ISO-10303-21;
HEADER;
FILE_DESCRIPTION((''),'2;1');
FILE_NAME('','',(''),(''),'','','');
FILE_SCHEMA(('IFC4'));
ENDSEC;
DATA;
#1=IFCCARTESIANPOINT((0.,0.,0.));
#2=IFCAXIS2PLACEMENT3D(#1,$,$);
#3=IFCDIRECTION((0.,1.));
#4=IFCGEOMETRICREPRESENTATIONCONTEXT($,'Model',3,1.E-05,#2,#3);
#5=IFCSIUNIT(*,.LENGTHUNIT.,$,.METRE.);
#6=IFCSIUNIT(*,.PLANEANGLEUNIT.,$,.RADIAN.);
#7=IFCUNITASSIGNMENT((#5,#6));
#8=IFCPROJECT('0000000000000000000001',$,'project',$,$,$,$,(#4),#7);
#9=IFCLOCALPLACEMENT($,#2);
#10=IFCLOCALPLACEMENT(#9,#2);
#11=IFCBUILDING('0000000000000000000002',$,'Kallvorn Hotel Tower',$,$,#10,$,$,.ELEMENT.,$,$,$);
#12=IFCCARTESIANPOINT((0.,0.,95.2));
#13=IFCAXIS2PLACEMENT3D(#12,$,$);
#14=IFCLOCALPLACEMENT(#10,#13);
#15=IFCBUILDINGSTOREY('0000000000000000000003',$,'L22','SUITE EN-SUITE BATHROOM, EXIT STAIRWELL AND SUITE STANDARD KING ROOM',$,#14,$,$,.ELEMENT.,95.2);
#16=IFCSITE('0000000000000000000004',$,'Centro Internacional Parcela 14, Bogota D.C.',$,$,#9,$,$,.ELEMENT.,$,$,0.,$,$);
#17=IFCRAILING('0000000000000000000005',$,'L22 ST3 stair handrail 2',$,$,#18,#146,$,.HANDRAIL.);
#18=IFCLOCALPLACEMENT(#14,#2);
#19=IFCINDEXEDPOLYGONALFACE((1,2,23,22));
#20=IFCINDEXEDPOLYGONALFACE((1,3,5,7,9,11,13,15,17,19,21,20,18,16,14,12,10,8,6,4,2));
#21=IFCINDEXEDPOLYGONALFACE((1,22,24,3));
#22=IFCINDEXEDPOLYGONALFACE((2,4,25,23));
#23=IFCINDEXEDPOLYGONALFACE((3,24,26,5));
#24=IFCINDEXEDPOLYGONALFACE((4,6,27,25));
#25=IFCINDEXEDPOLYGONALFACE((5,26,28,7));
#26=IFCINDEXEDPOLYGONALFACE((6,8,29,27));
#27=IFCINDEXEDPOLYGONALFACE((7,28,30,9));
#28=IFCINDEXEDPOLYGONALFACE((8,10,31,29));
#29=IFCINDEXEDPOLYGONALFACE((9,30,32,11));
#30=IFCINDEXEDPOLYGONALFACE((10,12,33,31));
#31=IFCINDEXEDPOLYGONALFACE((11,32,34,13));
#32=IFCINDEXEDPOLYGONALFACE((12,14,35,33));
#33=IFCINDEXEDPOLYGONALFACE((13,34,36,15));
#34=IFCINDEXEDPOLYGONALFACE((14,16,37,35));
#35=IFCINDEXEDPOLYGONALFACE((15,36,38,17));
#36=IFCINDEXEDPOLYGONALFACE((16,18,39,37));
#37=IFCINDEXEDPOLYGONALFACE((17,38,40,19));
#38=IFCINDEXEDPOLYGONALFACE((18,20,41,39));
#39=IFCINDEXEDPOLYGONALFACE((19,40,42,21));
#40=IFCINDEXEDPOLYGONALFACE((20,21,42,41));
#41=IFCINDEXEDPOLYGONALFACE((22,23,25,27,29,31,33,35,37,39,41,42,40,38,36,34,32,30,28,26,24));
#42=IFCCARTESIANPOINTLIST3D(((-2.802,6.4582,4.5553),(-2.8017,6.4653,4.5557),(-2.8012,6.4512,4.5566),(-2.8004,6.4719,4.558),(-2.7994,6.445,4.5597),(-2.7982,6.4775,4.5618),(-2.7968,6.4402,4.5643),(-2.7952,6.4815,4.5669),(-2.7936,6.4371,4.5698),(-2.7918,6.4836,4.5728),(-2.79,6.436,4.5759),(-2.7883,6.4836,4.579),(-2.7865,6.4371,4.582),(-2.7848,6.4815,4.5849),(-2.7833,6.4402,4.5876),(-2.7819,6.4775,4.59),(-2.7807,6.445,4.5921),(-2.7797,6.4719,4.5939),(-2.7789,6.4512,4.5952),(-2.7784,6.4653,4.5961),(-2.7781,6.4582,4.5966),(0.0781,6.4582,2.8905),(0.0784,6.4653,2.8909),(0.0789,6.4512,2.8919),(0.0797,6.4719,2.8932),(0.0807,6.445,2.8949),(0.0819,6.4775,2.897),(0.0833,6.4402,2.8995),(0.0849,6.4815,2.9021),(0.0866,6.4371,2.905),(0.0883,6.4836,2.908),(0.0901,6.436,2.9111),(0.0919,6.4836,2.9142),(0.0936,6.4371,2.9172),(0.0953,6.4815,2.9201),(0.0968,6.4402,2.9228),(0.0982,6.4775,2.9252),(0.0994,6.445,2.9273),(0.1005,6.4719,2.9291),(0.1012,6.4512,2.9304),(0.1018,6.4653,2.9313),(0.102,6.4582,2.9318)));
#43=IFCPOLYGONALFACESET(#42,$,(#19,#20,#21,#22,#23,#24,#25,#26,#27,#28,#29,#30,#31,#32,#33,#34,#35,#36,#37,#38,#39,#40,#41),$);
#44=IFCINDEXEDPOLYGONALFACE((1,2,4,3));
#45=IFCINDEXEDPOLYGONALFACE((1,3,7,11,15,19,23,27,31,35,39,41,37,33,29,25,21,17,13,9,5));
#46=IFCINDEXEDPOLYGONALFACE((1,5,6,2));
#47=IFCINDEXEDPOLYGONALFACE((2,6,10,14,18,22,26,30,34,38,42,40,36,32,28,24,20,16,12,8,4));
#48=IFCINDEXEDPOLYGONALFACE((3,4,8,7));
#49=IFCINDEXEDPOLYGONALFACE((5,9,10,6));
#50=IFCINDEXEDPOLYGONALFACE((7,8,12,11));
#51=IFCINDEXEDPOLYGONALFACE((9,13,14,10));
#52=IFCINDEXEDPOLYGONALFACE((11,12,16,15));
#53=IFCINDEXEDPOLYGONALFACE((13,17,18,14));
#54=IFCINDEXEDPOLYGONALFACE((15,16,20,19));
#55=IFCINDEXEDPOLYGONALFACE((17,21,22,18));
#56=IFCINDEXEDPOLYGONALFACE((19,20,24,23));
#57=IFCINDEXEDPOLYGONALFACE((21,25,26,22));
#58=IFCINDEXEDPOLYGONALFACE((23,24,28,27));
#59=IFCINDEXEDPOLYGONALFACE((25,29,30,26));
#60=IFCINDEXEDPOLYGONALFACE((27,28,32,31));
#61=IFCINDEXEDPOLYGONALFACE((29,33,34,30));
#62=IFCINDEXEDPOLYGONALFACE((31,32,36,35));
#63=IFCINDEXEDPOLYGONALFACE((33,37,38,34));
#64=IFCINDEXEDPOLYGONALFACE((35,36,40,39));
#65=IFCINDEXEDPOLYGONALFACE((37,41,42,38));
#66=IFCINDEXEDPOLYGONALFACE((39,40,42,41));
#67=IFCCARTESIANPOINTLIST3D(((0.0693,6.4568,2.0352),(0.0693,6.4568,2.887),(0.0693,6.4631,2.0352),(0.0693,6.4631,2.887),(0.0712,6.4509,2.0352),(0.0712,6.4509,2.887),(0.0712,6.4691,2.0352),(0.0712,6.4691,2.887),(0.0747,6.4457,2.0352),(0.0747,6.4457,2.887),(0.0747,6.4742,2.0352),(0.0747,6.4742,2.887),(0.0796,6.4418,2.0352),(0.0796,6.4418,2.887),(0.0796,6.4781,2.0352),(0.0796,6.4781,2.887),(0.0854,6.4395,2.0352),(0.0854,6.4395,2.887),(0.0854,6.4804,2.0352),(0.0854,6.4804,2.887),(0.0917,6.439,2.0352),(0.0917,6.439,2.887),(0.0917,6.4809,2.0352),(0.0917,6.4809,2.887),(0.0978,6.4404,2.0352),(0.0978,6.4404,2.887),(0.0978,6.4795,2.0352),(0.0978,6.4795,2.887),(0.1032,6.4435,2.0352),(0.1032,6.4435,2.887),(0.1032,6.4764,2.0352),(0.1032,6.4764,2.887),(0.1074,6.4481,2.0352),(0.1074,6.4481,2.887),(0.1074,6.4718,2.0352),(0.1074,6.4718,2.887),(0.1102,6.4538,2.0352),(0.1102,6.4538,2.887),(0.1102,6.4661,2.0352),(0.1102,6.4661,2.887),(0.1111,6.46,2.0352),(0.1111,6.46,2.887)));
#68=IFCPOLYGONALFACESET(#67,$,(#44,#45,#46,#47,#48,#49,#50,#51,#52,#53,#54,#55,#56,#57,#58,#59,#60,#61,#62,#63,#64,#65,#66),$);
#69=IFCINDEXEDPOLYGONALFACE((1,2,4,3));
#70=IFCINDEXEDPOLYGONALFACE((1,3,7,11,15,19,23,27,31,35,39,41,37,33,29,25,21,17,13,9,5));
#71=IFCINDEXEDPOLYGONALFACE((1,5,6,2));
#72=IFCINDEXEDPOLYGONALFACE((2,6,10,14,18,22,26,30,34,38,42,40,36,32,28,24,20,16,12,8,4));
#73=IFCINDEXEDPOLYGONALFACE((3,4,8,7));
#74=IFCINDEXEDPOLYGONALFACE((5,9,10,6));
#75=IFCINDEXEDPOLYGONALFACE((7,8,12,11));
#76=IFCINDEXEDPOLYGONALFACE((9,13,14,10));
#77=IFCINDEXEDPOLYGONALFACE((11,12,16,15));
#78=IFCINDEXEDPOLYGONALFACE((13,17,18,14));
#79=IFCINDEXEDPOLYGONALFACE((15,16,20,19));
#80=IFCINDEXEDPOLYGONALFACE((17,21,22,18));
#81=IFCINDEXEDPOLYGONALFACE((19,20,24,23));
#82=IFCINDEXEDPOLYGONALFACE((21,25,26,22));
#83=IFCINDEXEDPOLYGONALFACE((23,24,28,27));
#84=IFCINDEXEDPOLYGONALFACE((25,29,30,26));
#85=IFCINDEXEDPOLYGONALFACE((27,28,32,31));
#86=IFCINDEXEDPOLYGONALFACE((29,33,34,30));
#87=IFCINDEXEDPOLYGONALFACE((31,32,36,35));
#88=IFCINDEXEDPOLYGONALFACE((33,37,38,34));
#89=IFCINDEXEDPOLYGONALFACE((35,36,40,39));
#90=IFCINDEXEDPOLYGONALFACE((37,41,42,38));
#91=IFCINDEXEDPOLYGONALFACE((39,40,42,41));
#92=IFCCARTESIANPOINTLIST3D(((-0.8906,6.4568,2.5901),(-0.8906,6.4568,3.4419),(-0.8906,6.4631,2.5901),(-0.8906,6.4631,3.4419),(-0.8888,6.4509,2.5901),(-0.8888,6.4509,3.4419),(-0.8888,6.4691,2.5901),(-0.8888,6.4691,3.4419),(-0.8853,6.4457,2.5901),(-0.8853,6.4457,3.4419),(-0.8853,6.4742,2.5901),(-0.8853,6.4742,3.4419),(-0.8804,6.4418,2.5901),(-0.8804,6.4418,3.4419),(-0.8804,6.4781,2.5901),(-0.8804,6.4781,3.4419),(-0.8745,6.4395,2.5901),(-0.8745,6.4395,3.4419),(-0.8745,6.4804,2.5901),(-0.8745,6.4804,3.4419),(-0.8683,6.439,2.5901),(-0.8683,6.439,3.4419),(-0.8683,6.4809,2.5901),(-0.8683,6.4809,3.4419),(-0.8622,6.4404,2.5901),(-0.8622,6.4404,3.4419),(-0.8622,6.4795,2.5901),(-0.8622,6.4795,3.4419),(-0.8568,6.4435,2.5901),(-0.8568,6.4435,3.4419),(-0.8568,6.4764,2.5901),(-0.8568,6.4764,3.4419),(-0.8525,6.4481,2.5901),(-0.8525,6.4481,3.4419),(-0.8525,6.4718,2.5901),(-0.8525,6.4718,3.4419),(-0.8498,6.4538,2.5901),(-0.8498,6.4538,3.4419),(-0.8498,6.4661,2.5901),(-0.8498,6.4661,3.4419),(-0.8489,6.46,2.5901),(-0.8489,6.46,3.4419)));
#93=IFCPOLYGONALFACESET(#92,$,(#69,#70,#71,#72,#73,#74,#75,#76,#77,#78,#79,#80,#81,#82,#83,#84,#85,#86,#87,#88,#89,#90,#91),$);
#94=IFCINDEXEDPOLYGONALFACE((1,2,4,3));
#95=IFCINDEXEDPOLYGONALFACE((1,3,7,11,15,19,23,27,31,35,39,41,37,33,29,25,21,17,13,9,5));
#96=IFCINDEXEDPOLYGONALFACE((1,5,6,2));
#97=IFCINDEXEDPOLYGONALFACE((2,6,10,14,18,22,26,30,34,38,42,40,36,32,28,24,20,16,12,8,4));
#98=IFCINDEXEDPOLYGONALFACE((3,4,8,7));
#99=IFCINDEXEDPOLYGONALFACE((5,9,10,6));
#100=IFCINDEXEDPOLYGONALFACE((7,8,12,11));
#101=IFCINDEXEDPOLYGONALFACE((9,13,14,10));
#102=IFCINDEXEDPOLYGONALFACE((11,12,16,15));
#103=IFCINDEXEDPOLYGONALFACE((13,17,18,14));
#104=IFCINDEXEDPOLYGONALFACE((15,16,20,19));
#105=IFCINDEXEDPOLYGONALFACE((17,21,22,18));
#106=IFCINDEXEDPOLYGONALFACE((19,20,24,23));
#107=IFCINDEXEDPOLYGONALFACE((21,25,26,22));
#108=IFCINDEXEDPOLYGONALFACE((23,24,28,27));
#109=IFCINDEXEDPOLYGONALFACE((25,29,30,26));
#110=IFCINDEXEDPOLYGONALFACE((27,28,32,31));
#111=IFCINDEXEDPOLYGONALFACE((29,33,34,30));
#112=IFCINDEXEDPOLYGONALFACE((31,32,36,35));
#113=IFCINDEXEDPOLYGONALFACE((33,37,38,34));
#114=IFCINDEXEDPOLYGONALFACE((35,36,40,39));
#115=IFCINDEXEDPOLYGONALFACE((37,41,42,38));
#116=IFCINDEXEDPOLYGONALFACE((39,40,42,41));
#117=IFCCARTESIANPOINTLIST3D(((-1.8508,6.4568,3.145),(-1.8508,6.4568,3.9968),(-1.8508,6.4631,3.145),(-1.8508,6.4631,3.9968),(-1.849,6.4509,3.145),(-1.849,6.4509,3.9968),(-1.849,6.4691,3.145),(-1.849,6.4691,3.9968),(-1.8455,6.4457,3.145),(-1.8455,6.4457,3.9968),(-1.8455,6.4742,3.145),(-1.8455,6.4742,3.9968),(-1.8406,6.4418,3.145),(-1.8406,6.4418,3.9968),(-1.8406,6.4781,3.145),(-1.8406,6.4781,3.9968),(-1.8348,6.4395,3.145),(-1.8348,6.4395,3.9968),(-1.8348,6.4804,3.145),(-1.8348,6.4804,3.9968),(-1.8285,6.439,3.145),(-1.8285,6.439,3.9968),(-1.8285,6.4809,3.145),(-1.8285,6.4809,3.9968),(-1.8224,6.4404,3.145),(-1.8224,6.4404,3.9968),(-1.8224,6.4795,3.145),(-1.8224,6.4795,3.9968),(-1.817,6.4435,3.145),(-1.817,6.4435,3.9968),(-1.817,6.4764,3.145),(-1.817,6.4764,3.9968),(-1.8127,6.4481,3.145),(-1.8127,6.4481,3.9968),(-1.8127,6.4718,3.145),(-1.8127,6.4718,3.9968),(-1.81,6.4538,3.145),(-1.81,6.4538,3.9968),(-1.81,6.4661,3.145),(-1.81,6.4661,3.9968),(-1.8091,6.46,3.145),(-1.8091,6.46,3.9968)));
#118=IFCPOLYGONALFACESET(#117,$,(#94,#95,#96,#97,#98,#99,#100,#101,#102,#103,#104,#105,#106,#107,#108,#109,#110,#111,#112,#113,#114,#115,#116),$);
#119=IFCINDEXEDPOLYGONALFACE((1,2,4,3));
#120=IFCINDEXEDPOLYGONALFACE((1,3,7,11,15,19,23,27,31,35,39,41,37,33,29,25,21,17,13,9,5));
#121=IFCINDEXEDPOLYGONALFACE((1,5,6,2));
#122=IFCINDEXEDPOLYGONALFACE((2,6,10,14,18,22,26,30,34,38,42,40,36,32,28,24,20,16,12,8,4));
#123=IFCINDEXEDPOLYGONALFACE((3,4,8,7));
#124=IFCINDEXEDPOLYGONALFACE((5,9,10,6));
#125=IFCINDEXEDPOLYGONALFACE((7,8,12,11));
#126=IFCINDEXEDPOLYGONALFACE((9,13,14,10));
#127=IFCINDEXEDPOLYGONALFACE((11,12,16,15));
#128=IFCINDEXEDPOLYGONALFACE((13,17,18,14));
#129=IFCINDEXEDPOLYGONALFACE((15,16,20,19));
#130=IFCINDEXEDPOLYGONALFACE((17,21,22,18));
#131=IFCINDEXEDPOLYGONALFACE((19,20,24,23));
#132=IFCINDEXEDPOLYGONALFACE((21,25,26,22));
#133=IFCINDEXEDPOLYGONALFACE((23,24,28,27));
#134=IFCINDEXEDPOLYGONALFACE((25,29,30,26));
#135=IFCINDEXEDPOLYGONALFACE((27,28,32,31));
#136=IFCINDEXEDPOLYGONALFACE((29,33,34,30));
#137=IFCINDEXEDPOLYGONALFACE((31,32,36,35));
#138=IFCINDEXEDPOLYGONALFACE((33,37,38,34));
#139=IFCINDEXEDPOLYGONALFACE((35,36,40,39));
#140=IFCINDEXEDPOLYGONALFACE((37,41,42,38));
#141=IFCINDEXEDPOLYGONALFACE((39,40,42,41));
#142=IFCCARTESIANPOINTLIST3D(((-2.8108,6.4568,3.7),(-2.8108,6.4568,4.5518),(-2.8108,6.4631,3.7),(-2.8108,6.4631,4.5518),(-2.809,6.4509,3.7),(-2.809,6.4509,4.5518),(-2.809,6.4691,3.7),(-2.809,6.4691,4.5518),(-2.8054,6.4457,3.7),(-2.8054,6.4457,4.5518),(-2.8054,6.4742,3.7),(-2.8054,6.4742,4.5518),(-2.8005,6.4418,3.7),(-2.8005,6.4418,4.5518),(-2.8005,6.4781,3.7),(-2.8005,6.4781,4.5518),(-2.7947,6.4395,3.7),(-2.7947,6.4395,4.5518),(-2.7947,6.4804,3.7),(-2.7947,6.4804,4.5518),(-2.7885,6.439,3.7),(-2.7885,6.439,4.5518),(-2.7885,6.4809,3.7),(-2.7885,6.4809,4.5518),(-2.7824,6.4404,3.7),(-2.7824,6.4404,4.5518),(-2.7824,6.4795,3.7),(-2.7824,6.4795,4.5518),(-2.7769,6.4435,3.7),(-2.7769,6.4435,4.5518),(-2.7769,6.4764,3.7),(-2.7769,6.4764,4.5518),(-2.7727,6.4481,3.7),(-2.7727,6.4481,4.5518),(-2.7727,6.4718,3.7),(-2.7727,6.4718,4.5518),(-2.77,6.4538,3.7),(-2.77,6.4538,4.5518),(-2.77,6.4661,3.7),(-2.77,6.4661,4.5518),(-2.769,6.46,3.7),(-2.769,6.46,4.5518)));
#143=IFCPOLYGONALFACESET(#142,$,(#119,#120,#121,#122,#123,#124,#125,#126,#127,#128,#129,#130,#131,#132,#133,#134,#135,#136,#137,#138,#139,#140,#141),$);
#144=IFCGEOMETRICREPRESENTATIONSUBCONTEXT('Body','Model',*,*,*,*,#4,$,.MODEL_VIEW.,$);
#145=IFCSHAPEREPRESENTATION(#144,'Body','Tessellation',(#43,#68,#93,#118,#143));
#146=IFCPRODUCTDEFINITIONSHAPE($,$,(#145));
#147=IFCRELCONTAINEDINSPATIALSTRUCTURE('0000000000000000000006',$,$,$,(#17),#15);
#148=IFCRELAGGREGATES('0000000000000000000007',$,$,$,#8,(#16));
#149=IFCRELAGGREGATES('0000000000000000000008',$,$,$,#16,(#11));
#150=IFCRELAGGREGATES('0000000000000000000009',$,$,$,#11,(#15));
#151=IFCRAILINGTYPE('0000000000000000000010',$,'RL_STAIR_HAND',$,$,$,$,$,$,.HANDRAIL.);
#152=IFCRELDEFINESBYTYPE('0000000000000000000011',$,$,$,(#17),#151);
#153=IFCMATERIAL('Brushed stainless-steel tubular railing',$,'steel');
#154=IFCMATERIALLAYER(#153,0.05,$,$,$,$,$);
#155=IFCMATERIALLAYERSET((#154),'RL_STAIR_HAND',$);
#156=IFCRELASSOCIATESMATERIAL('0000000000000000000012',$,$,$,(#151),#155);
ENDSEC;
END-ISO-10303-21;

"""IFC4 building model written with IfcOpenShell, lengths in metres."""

from ifc_helpers import new_model, si_unit, direction, frame, origin, origin_2d, place, context, subcontext, project, spatial, circle, extrude, material, layer, layer_set, type_object, element, save


model = new_model("IFC4")

# Units and contexts
model_context = context("Model", 3, precision=1e-05, world=origin(), true_north=direction((0.0, 1.0)))
body_context = subcontext(model_context, "Body", "Model", "MODEL_VIEW")
ifc_project = project(units=[si_unit("LENGTHUNIT", "METRE"), si_unit("PLANEANGLEUNIT", "RADIAN")], contexts=[model_context])

# Site, building, storey
site_placement = place(None, origin())
site = spatial("IfcSite", under=ifc_project, at=site_placement, Name="Centro Internacional Parcela 14, Bogota D.C.", CompositionType="ELEMENT", RefElevation=0.0)
building_placement = place(site_placement, origin())
building = spatial("IfcBuilding", under=site, at=building_placement, Name="Kallvorn Hotel Tower", CompositionType="ELEMENT")
storey_placement = place(building_placement, frame((0.0, 0.0, 95.2)))
storey = spatial("IfcBuildingStorey", under=building, at=storey_placement, Name="L22", Description="SUITE EN-SUITE BATHROOM, EXIT STAIRWELL AND SUITE STANDARD KING ROOM", CompositionType="ELEMENT", Elevation=95.2)

# Railing
ifc_material_1 = material(Name="Brushed stainless-steel tubular railing", Category="steel")
ifc_layer_1 = layer(ifc_material_1, 0.05)
ifc_layer_set_1 = layer_set([ifc_layer_1], Name="RL_STAIR_HAND")
railing_type_1 = type_object("IfcRailingType", Name="RL_STAIR_HAND", PredefinedType="HANDRAIL", material=ifc_layer_set_1)
railing_1_placement = place(storey_placement, frame((0.0901, 6.46, 2.0352)))
element("IfcRailing", 1, at=railing_1_placement, inside=storey, type_object=railing_type_1, Name="L22 ST3 stair handrail 2", PredefinedType="HANDRAIL", context=body_context, shape_type="SweptSolid", body=[
    extrude(circle(Radius=0.0239, at=origin_2d()), frame((0.0, 0.0, 0.876), z_axis=(-0.865771, 0.0, 0.50044), x_axis=(0.0, -1.0, 0.0)), (0.0, 0.0, 1.0), 3.3267),
    extrude(circle(Radius=0.021, at=origin_2d()), origin(), (0.0, 0.0, 1.0), 0.8518),
    extrude(circle(Radius=0.021, at=origin_2d()), frame((-0.96, 0.0, 0.5549)), (0.0, 0.0, 1.0), 0.8518),
    extrude(circle(Radius=0.021, at=origin_2d()), frame((-1.9202, 0.0, 1.1099)), (0.0, 0.0, 1.0), 0.8518),
    extrude(circle(Radius=0.021, at=origin_2d()), frame((-2.8801, 0.0, 1.6648)), (0.0, 0.0, 1.0), 0.8518),
])

save(model, "model.ifc")
